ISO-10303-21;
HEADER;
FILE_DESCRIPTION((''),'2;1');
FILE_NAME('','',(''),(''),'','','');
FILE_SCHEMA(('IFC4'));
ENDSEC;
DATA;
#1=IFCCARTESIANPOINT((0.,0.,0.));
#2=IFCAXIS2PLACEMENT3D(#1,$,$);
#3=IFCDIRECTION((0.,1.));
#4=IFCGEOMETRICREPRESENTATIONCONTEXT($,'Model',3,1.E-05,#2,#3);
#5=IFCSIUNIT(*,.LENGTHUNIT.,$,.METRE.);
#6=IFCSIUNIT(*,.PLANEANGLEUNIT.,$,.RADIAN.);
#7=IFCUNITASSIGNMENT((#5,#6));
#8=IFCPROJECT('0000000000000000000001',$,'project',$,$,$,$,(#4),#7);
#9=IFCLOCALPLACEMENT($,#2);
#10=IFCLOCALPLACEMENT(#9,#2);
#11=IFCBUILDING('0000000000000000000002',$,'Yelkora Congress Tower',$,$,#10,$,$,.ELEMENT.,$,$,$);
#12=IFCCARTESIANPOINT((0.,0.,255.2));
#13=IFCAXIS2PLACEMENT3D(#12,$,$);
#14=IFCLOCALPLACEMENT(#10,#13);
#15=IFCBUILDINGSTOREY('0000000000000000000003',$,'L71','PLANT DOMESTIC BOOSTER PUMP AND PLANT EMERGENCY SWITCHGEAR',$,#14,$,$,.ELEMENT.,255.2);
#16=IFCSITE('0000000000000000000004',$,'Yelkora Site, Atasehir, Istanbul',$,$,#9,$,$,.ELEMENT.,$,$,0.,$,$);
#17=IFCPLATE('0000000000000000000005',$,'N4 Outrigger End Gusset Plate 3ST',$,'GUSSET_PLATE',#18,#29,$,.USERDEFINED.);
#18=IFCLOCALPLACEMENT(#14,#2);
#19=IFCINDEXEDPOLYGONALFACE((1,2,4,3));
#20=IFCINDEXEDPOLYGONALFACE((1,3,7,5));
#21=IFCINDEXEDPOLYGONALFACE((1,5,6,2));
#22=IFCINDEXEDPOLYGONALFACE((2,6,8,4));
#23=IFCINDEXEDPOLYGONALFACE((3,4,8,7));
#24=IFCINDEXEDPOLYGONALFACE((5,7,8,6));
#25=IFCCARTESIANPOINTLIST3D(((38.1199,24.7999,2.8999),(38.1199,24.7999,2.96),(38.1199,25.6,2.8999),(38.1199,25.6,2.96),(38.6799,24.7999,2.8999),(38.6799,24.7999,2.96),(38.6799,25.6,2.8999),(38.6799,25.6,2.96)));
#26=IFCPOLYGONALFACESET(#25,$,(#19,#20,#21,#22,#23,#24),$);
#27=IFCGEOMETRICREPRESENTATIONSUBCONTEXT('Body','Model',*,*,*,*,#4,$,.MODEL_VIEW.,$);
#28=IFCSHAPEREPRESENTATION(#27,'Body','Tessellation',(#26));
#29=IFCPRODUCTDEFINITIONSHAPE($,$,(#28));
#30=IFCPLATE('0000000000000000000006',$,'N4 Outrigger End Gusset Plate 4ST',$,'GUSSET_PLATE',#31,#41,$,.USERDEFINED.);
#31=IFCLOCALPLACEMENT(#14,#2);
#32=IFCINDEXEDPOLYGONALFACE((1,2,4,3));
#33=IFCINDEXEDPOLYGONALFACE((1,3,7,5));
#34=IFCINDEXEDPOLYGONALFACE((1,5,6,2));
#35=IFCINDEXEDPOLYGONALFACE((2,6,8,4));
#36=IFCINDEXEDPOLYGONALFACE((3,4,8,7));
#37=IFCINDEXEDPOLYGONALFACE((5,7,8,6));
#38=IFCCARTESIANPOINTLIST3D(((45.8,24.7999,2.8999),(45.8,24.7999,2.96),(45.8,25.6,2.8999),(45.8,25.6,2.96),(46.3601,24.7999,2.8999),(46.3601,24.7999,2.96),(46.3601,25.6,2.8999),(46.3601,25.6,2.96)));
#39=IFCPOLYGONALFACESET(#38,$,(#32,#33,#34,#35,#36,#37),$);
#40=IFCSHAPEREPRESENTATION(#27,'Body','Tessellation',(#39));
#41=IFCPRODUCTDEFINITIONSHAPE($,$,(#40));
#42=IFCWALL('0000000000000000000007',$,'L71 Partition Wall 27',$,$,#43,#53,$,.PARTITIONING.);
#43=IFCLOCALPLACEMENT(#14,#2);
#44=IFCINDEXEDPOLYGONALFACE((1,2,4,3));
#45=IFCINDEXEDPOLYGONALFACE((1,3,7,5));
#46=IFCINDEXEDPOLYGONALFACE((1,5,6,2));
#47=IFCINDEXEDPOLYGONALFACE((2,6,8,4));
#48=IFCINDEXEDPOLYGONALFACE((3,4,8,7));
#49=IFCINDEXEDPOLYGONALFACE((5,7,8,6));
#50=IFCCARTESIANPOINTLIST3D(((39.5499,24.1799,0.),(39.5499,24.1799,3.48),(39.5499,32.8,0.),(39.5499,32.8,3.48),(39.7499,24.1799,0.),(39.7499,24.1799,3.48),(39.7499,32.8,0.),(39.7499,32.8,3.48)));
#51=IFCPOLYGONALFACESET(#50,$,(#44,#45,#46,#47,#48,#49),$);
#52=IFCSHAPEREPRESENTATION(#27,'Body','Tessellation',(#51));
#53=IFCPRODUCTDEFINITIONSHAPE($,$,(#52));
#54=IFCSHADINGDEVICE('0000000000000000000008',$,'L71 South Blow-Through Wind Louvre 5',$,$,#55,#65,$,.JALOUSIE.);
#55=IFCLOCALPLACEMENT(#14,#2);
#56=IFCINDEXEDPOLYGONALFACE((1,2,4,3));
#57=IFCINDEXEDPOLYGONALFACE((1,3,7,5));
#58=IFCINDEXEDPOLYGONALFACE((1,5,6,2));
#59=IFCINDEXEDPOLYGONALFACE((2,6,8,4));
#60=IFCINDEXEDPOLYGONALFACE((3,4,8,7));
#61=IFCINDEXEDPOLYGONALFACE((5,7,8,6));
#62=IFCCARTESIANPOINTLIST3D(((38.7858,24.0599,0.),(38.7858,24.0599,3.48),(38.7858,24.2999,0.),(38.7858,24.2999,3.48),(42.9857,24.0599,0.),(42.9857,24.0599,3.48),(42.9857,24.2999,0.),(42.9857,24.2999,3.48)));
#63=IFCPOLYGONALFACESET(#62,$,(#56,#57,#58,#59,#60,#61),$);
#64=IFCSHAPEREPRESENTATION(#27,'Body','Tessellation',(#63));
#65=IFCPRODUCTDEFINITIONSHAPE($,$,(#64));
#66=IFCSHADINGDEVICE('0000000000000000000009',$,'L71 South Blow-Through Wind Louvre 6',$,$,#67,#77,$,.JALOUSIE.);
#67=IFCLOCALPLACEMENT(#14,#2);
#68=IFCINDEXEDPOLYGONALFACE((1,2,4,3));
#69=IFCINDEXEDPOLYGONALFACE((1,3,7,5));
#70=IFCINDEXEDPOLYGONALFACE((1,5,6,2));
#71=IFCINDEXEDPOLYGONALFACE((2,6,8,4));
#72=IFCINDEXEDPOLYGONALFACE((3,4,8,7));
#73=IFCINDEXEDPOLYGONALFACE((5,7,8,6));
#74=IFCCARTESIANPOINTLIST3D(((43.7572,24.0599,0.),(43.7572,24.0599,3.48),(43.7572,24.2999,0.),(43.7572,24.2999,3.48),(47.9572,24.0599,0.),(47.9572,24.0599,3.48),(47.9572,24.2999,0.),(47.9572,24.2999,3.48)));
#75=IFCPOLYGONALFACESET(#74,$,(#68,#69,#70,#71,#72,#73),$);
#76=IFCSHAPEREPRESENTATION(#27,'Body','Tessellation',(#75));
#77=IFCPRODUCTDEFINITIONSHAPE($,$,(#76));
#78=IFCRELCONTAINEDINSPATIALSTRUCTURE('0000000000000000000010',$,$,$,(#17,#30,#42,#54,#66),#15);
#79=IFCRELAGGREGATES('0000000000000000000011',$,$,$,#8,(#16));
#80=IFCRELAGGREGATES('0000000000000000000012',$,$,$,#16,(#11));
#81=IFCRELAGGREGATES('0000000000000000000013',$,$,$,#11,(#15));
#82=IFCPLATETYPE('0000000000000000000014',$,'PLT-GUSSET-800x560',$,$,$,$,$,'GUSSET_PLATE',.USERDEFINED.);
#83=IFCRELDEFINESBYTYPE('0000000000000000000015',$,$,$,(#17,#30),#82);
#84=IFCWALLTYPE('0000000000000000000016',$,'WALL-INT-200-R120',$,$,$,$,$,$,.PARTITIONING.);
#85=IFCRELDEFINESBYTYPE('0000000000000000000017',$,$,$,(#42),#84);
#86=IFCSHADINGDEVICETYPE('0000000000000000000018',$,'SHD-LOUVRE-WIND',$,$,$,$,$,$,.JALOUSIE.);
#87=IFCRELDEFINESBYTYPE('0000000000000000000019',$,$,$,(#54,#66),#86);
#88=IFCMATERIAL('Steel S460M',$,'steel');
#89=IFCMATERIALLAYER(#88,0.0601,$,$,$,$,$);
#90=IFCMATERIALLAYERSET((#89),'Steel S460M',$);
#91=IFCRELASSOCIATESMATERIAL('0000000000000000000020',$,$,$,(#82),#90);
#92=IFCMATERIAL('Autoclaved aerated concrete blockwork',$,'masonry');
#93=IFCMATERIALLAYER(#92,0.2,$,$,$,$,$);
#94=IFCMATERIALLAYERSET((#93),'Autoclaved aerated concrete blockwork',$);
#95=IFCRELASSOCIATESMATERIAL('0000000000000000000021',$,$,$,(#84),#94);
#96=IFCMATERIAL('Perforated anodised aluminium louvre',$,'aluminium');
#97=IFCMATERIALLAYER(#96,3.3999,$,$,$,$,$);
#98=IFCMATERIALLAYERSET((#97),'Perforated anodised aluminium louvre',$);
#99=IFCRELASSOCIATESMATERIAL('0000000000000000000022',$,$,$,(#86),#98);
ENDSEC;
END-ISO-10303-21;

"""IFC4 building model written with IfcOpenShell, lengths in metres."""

from ifc_helpers import new_model, si_unit, direction, frame, frame_2d, origin, origin_2d, place, context, subcontext, project, spatial, rectangle, extrude, material, layer, layer_set, type_object, element, save


model = new_model("IFC4")

# Units and contexts
model_context = context("Model", 3, precision=1e-05, world=origin(), true_north=direction((0.0, 1.0)))
body_context = subcontext(model_context, "Body", "Model", "MODEL_VIEW")
ifc_project = project(units=[si_unit("LENGTHUNIT", "METRE"), si_unit("PLANEANGLEUNIT", "RADIAN")], contexts=[model_context])

# Site, building, storey
site_placement = place(None, origin())
site = spatial("IfcSite", under=ifc_project, at=site_placement, Name="Yelkora Site, Atasehir, Istanbul", CompositionType="ELEMENT", RefElevation=0.0)
building_placement = place(site_placement, origin())
building = spatial("IfcBuilding", under=site, at=building_placement, Name="Yelkora Congress Tower", CompositionType="ELEMENT")
storey_placement = place(building_placement, frame((0.0, 0.0, 255.2)))
storey = spatial("IfcBuildingStorey", under=building, at=storey_placement, Name="L71", Description="PLANT DOMESTIC BOOSTER PUMP AND PLANT EMERGENCY SWITCHGEAR", CompositionType="ELEMENT", Elevation=255.2)

# Shared definitions
ifc_material_1 = material(Name="Steel S460M", Category="steel")

# Plates
ifc_layer_1 = layer(ifc_material_1, 0.0601)
ifc_layer_set_1 = layer_set([ifc_layer_1], Name="Steel S460M")
plate_type_1 = type_object("IfcPlateType", Name="PLT-GUSSET-800x560", ElementType="GUSSET_PLATE", PredefinedType="USERDEFINED", material=ifc_layer_set_1)
for number, where, z_axis, x_axis, name in (
    (1, (38.3999, 25.2, 2.8999), (0.0, 0.0, 1.0), (0.0, 1.0, 0.0), "N4 Outrigger End Gusset Plate 3ST"),
    (2, (46.0801, 25.2, 2.8999), (0.0, 0.0, 1.0), (0.0, 1.0, 0.0), "N4 Outrigger End Gusset Plate 4ST"),
):
    element("IfcPlate", number, at=place(storey_placement, frame(where, z_axis=z_axis, x_axis=x_axis)), inside=storey, type_object=plate_type_1, Name=name, ObjectType="GUSSET_PLATE", PredefinedType="USERDEFINED", context=body_context, shape_type="SweptSolid", body=[
        extrude(rectangle(XDim=0.8, YDim=0.5601, at=origin_2d()), origin(), (0.0, 0.0, 1.0), 0.0601),
    ])

# Wall
ifc_material_2 = material(Name="Autoclaved aerated concrete blockwork", Category="masonry")
ifc_layer_2 = layer(ifc_material_2, 0.2)
ifc_layer_set_2 = layer_set([ifc_layer_2], Name="Autoclaved aerated concrete blockwork")
wall_type_1 = type_object("IfcWallType", Name="WALL-INT-200-R120", PredefinedType="PARTITIONING", material=ifc_layer_set_2)
wall_1_placement = place(storey_placement, frame((39.6499, 24.1799, 0.0), z_axis=(0.0, 0.0, 1.0), x_axis=(0.0, 1.0, 0.0)))
element("IfcWall", 3, at=wall_1_placement, inside=storey, type_object=wall_type_1, Name="L71 Partition Wall 27", PredefinedType="PARTITIONING", context=body_context, shape_type="SweptSolid", body=[
    extrude(rectangle(XDim=8.6201, YDim=0.2, at=frame_2d((4.3101, 0.0))), origin(), (0.0, 0.0, 1.0), 3.48),
])

# Shading devices
ifc_material_3 = material(Name="Perforated anodised aluminium louvre", Category="aluminium")
ifc_layer_3 = layer(ifc_material_3, 3.3999)
ifc_layer_set_3 = layer_set([ifc_layer_3], Name="Perforated anodised aluminium louvre")
shading_device_type = type_object("IfcShadingDeviceType", Name="SHD-LOUVRE-WIND", PredefinedType="JALOUSIE", material=ifc_layer_set_3)
for number, where, z_axis, x_axis, name in (
    (4, (40.8857, 24.1799, 0.0), (0.0, 0.0, 1.0), (1.0, 0.0, 0.0), "L71 South Blow-Through Wind Louvre 5"),
    (5, (45.8572, 24.1799, 0.0), (0.0, 0.0, 1.0), (1.0, 0.0, 0.0), "L71 South Blow-Through Wind Louvre 6"),
):
    element("IfcShadingDevice", number, at=place(storey_placement, frame(where, z_axis=z_axis, x_axis=x_axis)), inside=storey, type_object=shading_device_type, Name=name, PredefinedType="JALOUSIE", context=body_context, shape_type="SweptSolid", body=[
        extrude(rectangle(XDim=4.2, YDim=0.24, at=origin_2d()), origin(), (0.0, 0.0, 1.0), 3.48),
    ])

save(model, "model.ifc")
